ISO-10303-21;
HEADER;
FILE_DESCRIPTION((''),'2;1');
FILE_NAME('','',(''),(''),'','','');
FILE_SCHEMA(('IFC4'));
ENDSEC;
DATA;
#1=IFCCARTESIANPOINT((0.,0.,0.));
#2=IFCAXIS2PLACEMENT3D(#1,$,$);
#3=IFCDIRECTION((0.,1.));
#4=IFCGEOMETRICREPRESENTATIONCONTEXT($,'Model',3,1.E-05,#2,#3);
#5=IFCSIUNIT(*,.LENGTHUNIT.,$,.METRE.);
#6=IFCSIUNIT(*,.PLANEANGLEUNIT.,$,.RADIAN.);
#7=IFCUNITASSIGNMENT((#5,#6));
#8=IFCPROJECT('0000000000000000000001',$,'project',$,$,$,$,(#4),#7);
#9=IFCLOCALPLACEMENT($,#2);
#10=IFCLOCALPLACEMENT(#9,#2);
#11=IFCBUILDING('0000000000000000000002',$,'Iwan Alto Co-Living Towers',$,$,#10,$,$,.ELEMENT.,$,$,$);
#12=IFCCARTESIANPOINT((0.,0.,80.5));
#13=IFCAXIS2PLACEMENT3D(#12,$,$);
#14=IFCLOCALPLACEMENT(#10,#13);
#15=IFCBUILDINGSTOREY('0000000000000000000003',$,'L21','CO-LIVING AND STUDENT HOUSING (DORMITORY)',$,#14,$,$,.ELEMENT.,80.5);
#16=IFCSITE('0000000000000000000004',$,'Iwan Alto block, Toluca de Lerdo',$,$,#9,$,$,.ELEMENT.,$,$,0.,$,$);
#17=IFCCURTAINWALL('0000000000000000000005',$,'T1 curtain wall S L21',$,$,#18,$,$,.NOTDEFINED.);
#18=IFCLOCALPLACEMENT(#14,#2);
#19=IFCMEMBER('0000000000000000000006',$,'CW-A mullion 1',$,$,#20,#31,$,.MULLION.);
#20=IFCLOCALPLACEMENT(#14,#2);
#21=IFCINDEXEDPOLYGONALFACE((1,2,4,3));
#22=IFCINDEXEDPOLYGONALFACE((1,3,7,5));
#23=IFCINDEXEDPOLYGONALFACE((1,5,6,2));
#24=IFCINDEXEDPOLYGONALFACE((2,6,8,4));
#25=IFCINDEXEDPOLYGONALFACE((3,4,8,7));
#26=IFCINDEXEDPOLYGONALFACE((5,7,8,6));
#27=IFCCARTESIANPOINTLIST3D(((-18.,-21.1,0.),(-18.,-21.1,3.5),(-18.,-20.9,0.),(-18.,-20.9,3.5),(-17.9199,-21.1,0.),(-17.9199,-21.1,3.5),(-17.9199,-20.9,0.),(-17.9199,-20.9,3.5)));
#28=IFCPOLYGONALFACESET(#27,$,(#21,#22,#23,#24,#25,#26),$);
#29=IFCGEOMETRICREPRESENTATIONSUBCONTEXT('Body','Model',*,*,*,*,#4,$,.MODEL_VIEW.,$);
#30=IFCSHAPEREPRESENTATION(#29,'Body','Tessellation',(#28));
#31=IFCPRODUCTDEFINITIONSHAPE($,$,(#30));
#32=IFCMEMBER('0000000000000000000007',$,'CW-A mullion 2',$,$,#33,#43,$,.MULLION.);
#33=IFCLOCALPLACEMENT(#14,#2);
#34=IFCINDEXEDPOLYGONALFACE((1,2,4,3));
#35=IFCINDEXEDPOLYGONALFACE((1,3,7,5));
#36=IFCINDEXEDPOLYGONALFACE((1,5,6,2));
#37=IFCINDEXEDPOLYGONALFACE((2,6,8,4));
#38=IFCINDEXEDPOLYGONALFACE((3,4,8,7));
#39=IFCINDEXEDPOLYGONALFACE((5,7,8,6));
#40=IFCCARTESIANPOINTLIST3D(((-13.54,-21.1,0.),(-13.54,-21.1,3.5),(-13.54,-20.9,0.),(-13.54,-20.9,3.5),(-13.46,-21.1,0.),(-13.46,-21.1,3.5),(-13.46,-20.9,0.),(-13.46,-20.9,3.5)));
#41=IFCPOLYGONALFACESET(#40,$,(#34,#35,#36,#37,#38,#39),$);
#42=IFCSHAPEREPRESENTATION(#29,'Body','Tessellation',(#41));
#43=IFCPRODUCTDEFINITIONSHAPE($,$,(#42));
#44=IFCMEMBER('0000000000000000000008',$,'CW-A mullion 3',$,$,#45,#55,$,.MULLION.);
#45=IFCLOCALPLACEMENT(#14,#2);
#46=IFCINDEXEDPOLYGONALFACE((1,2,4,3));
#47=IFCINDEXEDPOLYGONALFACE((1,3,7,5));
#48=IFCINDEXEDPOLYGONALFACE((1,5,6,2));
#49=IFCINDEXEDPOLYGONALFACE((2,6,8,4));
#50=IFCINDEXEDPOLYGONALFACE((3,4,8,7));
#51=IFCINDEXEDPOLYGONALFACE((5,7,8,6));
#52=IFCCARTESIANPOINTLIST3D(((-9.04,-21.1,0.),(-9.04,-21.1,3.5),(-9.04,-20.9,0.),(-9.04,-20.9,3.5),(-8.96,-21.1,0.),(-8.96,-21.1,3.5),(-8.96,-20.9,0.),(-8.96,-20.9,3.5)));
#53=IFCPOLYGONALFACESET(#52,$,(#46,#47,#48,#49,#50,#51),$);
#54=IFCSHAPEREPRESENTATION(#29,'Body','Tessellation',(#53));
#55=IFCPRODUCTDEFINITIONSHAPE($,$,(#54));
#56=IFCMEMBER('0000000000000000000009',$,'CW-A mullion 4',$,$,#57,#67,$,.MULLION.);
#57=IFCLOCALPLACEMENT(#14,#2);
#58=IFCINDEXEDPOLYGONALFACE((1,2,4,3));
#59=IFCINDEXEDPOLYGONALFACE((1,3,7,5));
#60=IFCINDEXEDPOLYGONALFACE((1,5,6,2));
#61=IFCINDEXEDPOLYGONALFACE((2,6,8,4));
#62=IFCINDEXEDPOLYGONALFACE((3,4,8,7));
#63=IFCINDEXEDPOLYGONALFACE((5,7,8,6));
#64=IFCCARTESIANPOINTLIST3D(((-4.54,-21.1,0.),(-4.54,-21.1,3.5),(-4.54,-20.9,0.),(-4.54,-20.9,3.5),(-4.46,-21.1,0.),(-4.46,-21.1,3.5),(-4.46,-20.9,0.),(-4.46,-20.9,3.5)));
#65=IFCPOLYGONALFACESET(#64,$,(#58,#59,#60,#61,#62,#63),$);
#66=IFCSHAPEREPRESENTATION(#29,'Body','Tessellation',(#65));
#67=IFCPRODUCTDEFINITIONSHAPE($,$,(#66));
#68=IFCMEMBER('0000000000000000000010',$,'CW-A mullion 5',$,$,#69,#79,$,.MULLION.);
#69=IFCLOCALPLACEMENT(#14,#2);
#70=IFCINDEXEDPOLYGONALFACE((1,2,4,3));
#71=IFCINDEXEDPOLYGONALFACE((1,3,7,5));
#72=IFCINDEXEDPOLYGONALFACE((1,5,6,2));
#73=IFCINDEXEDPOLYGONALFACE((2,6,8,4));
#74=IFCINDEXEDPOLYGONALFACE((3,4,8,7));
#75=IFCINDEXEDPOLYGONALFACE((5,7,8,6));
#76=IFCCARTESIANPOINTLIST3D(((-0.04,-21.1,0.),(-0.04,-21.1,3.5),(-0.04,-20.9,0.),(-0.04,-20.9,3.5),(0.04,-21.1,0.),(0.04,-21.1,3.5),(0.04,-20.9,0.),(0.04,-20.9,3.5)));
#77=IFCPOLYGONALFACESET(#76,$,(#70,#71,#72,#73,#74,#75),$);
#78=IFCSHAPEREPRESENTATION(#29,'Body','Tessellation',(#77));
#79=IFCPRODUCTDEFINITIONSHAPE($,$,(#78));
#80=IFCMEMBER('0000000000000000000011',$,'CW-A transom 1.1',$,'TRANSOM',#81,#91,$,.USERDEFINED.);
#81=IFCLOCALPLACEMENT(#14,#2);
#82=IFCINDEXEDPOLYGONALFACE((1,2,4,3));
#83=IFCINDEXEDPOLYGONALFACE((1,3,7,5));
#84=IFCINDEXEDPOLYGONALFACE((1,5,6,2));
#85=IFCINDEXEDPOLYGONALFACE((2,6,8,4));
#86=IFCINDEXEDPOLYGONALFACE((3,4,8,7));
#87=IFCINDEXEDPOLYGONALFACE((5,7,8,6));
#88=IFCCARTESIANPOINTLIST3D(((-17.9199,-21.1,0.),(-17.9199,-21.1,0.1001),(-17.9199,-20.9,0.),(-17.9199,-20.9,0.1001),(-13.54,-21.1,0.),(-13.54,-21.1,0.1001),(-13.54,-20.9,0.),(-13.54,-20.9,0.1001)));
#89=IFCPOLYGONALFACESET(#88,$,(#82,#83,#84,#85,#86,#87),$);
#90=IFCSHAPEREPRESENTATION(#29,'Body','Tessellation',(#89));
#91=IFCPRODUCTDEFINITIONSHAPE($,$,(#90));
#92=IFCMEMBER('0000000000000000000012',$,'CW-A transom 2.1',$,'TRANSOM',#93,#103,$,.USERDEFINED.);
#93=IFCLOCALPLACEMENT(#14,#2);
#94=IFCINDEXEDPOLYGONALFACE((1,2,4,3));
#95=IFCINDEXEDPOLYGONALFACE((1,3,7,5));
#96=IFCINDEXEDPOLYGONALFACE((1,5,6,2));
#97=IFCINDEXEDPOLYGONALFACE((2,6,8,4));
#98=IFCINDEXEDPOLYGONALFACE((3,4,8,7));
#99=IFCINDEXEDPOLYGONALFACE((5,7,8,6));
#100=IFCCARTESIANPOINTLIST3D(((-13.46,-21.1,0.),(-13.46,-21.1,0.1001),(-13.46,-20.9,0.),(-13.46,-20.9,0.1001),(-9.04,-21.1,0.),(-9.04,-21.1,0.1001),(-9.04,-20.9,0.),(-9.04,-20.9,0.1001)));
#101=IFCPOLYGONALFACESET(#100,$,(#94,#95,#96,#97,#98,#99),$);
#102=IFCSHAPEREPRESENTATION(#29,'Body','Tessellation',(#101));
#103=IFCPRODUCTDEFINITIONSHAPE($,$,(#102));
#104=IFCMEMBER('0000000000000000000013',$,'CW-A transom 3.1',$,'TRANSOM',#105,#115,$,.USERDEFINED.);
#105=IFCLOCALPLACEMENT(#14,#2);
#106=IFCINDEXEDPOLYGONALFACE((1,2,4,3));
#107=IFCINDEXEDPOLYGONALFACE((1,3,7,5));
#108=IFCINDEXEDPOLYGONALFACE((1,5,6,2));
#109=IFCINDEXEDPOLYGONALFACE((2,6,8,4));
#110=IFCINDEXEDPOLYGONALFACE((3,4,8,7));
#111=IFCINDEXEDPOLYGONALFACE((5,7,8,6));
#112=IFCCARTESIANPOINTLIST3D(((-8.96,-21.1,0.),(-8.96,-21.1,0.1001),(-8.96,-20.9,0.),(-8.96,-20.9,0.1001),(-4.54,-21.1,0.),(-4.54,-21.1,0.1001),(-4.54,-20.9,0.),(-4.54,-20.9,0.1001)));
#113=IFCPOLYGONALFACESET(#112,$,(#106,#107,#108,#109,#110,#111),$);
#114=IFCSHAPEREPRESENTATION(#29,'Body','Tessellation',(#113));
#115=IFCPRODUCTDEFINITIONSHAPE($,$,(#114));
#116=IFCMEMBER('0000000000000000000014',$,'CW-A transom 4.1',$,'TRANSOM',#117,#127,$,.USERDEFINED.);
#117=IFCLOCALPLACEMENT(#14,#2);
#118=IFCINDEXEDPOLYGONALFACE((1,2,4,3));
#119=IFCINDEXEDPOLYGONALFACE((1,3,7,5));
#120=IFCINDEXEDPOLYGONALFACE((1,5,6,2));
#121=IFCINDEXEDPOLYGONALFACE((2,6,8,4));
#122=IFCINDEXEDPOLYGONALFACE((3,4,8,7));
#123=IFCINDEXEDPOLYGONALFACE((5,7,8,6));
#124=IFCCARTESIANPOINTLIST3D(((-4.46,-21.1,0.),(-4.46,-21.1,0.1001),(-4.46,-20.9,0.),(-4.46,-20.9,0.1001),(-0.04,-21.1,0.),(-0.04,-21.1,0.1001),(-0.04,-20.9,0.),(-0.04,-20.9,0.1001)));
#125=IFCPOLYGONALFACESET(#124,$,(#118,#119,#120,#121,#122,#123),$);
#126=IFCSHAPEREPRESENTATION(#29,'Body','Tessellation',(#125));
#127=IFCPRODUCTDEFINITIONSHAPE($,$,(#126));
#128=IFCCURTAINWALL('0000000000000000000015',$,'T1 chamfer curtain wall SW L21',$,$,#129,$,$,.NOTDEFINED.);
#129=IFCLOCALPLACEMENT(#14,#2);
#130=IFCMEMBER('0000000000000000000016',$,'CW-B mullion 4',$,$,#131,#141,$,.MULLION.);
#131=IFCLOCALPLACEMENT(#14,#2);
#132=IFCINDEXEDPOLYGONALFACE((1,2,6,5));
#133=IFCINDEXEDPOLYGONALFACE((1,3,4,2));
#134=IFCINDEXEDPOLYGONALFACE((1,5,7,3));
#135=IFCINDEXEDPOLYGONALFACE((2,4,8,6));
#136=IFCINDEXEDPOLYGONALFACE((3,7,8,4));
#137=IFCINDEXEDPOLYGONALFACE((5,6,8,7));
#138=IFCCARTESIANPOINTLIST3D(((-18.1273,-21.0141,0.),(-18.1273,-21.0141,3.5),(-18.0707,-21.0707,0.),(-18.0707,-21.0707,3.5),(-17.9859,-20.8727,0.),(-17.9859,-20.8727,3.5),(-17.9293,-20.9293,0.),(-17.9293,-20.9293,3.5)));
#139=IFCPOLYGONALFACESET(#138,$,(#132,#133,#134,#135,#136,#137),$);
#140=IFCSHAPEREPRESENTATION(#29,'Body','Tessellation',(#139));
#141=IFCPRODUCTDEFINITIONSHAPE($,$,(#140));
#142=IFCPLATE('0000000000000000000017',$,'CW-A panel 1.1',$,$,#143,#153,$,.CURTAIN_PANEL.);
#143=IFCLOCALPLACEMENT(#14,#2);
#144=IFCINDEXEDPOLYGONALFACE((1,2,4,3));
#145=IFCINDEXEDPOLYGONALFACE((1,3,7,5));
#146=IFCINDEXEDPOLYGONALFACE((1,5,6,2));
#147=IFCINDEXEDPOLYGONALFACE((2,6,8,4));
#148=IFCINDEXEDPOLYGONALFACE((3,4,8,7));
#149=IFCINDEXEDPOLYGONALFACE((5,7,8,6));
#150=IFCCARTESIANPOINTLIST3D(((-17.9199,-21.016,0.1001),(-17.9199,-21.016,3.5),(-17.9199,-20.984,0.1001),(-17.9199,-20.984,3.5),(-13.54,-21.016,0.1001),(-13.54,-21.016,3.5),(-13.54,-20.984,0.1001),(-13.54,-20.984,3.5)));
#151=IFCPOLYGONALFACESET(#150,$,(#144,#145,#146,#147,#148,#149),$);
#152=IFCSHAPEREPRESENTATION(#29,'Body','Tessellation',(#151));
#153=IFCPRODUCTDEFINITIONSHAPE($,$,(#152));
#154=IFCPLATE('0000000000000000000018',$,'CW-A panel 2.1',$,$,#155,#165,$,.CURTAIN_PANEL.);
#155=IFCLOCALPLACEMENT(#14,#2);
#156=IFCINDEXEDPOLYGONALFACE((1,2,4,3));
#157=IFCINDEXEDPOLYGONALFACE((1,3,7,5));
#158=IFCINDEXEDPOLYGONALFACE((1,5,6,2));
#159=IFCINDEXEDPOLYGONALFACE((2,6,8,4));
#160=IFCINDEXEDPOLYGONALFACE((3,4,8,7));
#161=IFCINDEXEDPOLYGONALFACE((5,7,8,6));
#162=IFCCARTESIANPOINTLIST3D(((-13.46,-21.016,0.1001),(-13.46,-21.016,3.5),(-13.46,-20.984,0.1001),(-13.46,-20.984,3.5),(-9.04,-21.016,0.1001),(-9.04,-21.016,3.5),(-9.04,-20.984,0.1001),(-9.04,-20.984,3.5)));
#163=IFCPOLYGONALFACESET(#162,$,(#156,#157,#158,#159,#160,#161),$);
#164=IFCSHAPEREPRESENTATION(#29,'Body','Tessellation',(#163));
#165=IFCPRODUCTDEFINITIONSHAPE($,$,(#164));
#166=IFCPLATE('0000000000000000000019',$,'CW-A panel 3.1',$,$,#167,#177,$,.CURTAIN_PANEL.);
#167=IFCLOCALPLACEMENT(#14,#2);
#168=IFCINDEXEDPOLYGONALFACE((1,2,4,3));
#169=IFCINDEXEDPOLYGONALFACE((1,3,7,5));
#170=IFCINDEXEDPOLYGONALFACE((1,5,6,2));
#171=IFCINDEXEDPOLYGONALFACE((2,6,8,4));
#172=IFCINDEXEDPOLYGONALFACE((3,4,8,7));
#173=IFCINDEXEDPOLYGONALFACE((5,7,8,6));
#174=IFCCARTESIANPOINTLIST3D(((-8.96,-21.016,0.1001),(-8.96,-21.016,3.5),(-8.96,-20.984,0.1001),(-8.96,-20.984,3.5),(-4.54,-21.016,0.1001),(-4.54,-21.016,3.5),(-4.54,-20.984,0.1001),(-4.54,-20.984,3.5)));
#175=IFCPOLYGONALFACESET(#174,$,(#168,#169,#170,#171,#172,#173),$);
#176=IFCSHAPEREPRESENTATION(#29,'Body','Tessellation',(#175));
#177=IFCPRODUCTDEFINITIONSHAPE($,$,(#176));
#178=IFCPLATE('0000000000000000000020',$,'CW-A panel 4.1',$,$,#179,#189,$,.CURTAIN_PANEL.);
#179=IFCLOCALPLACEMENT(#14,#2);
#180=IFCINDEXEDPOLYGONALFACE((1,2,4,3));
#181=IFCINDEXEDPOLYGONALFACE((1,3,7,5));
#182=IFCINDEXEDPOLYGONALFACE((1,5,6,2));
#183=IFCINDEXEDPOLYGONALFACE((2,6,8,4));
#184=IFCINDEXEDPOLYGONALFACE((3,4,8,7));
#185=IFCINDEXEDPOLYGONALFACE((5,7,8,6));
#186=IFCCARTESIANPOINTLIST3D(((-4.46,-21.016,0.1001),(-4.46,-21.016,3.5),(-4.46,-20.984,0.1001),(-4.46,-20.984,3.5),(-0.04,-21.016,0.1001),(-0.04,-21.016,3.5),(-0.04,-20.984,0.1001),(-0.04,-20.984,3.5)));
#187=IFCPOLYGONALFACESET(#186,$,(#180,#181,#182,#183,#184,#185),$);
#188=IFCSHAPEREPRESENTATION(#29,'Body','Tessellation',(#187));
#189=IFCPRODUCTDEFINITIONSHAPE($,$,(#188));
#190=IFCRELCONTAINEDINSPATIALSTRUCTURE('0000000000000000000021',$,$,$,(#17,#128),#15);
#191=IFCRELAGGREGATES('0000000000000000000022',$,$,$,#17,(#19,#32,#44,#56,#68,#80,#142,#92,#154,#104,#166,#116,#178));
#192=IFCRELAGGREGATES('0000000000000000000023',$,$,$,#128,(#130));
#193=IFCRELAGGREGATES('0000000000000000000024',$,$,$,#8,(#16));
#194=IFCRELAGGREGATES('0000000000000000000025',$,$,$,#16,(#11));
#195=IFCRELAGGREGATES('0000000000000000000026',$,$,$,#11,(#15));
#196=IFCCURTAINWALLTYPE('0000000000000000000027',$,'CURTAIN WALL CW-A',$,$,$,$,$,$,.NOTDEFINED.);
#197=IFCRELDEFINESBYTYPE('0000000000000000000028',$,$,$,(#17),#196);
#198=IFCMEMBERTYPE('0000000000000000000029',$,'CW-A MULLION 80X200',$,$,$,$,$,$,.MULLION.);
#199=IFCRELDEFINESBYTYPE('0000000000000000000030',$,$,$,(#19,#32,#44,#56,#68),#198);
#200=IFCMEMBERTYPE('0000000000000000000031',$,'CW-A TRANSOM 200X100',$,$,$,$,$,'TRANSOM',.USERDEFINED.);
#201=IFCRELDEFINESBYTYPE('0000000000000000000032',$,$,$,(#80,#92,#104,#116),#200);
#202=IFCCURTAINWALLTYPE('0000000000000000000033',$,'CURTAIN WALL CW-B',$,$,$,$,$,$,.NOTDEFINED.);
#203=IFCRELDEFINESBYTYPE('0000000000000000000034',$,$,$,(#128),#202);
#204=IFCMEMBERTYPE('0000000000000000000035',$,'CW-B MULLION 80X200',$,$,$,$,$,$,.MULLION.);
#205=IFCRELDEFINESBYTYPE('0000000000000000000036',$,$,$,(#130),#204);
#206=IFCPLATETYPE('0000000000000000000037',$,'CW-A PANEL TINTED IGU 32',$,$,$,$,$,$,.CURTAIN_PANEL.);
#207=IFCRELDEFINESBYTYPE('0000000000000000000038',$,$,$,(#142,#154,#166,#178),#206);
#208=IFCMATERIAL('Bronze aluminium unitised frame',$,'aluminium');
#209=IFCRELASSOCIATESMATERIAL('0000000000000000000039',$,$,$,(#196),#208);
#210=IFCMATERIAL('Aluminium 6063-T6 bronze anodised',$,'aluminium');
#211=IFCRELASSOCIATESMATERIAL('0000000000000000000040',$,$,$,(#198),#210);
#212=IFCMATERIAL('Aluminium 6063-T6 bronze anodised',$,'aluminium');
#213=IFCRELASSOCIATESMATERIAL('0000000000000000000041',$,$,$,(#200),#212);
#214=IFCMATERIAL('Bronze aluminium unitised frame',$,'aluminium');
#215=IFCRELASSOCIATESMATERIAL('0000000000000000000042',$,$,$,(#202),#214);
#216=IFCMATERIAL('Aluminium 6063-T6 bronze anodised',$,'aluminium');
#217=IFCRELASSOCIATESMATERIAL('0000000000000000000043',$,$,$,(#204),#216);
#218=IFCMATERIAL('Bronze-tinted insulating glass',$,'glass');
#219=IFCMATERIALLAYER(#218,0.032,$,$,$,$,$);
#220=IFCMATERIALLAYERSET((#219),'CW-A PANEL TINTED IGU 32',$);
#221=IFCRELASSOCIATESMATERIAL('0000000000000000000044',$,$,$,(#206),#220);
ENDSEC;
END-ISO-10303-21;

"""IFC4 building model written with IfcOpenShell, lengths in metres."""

from ifc_helpers import new_model, si_unit, direction, frame, origin, origin_2d, place, context, subcontext, project, spatial, rectangle, extrude, material, layer, layer_set, material_profile, profile_set, type_object, element, aggregate, save


model = new_model("IFC4")

# Units and contexts
model_context = context("Model", 3, precision=1e-05, world=origin(), true_north=direction((0.0, 1.0)))
body_context = subcontext(model_context, "Body", "Model", "MODEL_VIEW")
ifc_project = project(units=[si_unit("LENGTHUNIT", "METRE"), si_unit("PLANEANGLEUNIT", "RADIAN")], contexts=[model_context])

# Site, building, storey
site_placement = place(None, origin())
site = spatial("IfcSite", under=ifc_project, at=site_placement, Name="Iwan Alto block, Toluca de Lerdo", CompositionType="ELEMENT", RefElevation=0.0)
building_placement = place(site_placement, origin())
building = spatial("IfcBuilding", under=site, at=building_placement, Name="Iwan Alto Co-Living Towers", CompositionType="ELEMENT")
storey_placement = place(building_placement, frame((0.0, 0.0, 80.5)))
storey = spatial("IfcBuildingStorey", under=building, at=storey_placement, Name="L21", Description="CO-LIVING AND STUDENT HOUSING (DORMITORY)", CompositionType="ELEMENT", Elevation=80.5)

# Curtain wall, members
ifc_material_1 = material(Name="Bronze aluminium unitised frame", Category="aluminium")
curtain_wall_type_1 = type_object("IfcCurtainWallType", Name="CURTAIN WALL CW-A", PredefinedType="NOTDEFINED", material=ifc_material_1)
curtain_wall_1_placement = place(storey_placement, origin())
curtain_wall_1 = element("IfcCurtainWall", 1, at=curtain_wall_1_placement, inside=storey, type_object=curtain_wall_type_1, Name="T1 curtain wall S L21", PredefinedType="NOTDEFINED")
ifc_material_2 = material(Name="Aluminium 6063-T6 bronze anodised", Category="aluminium")
ifc_material_profile_1 = material_profile(ifc_material_2, rectangle(XDim=0.2, YDim=0.0801, at=origin_2d()), Name="AL 80X200")
ifc_profile_set_1 = profile_set([ifc_material_profile_1], Name="Aluminium 6063-T6 bronze anodised")
member_type_1 = type_object("IfcMemberType", Name="CW-A MULLION 80X200", PredefinedType="MULLION", material=ifc_profile_set_1)
member_1_placement = place(storey_placement, frame((-17.96, -21.0, 0.0), z_axis=(0.0, 0.0, 1.0), x_axis=(0.0, 1.0, 0.0)))
member_1 = element("IfcMember", 2, at=member_1_placement, type_object=member_type_1, Name="CW-A mullion 1", PredefinedType="MULLION", context=body_context, shape_type="SweptSolid", body=[
    extrude(rectangle(XDim=0.2, YDim=0.0801, at=origin_2d()), origin(), (0.0, 0.0, 1.0), 3.5),
])
member_2_placement = place(storey_placement, frame((-13.5, -21.0, 0.0), z_axis=(0.0, 0.0, 1.0), x_axis=(0.0, 1.0, 0.0)))
member_2 = element("IfcMember", 3, at=member_2_placement, type_object=member_type_1, Name="CW-A mullion 2", PredefinedType="MULLION", context=body_context, shape_type="SweptSolid", body=[
    extrude(rectangle(XDim=0.2, YDim=0.0801, at=origin_2d()), origin(), (0.0, 0.0, 1.0), 3.5),
])
member_3_placement = place(storey_placement, frame((-9.0, -21.0, 0.0), z_axis=(0.0, 0.0, 1.0), x_axis=(0.0, 1.0, 0.0)))
member_3 = element("IfcMember", 4, at=member_3_placement, type_object=member_type_1, Name="CW-A mullion 3", PredefinedType="MULLION", context=body_context, shape_type="SweptSolid", body=[
    extrude(rectangle(XDim=0.2, YDim=0.0801, at=origin_2d()), origin(), (0.0, 0.0, 1.0), 3.5),
])
member_4_placement = place(storey_placement, frame((-4.5, -21.0, 0.0), z_axis=(0.0, 0.0, 1.0), x_axis=(0.0, 1.0, 0.0)))
member_4 = element("IfcMember", 5, at=member_4_placement, type_object=member_type_1, Name="CW-A mullion 4", PredefinedType="MULLION", context=body_context, shape_type="SweptSolid", body=[
    extrude(rectangle(XDim=0.2, YDim=0.0801, at=origin_2d()), origin(), (0.0, 0.0, 1.0), 3.5),
])
member_5_placement = place(storey_placement, frame((0.0, -21.0, 0.0), z_axis=(0.0, 0.0, 1.0), x_axis=(0.0, 1.0, 0.0)))
member_5 = element("IfcMember", 6, at=member_5_placement, type_object=member_type_1, Name="CW-A mullion 5", PredefinedType="MULLION", context=body_context, shape_type="SweptSolid", body=[
    extrude(rectangle(XDim=0.2, YDim=0.0801, at=origin_2d()), origin(), (0.0, 0.0, 1.0), 3.5),
])
ifc_material_3 = material(Name="Aluminium 6063-T6 bronze anodised", Category="aluminium")
ifc_material_profile_2 = material_profile(ifc_material_3, rectangle(XDim=0.2, YDim=0.1001, at=origin_2d()), Name="AL 200X100")
ifc_profile_set_2 = profile_set([ifc_material_profile_2], Name="Aluminium 6063-T6 bronze anodised")
member_type_2 = type_object("IfcMemberType", Name="CW-A TRANSOM 200X100", ElementType="TRANSOM", PredefinedType="USERDEFINED", material=ifc_profile_set_2)
member_6_placement = place(storey_placement, frame((-17.9199, -21.0, 0.05), z_axis=(1.0, 0.0, 0.0), x_axis=(0.0, 1.0, 0.0)))
member_6 = element("IfcMember", 7, at=member_6_placement, type_object=member_type_2, Name="CW-A transom 1.1", ObjectType="TRANSOM", PredefinedType="USERDEFINED", context=body_context, shape_type="SweptSolid", body=[
    extrude(rectangle(XDim=0.2, YDim=0.1001, at=origin_2d()), origin(), (0.0, 0.0, 1.0), 4.3799),
])
member_7_placement = place(storey_placement, frame((-13.46, -21.0, 0.05), z_axis=(1.0, 0.0, 0.0), x_axis=(0.0, 1.0, 0.0)))
member_7 = element("IfcMember", 8, at=member_7_placement, type_object=member_type_2, Name="CW-A transom 2.1", ObjectType="TRANSOM", PredefinedType="USERDEFINED", context=body_context, shape_type="SweptSolid", body=[
    extrude(rectangle(XDim=0.2, YDim=0.1001, at=origin_2d()), origin(), (0.0, 0.0, 1.0), 4.4199),
])
member_8_placement = place(storey_placement, frame((-8.96, -21.0, 0.05), z_axis=(1.0, 0.0, 0.0), x_axis=(0.0, 1.0, 0.0)))
member_8 = element("IfcMember", 9, at=member_8_placement, type_object=member_type_2, Name="CW-A transom 3.1", ObjectType="TRANSOM", PredefinedType="USERDEFINED", context=body_context, shape_type="SweptSolid", body=[
    extrude(rectangle(XDim=0.2, YDim=0.1001, at=origin_2d()), origin(), (0.0, 0.0, 1.0), 4.4199),
])
member_9_placement = place(storey_placement, frame((-4.46, -21.0, 0.05), z_axis=(1.0, 0.0, 0.0), x_axis=(0.0, 1.0, 0.0)))
member_9 = element("IfcMember", 10, at=member_9_placement, type_object=member_type_2, Name="CW-A transom 4.1", ObjectType="TRANSOM", PredefinedType="USERDEFINED", context=body_context, shape_type="SweptSolid", body=[
    extrude(rectangle(XDim=0.2, YDim=0.1001, at=origin_2d()), origin(), (0.0, 0.0, 1.0), 4.4199),
])

# Curtain wall, member
ifc_material_4 = material(Name="Bronze aluminium unitised frame", Category="aluminium")
curtain_wall_type_2 = type_object("IfcCurtainWallType", Name="CURTAIN WALL CW-B", PredefinedType="NOTDEFINED", material=ifc_material_4)
curtain_wall_2_placement = place(storey_placement, origin())
curtain_wall_2 = element("IfcCurtainWall", 11, at=curtain_wall_2_placement, inside=storey, type_object=curtain_wall_type_2, Name="T1 chamfer curtain wall SW L21", PredefinedType="NOTDEFINED")
ifc_material_5 = material(Name="Aluminium 6063-T6 bronze anodised", Category="aluminium")
ifc_material_profile_3 = material_profile(ifc_material_5, rectangle(XDim=0.2, YDim=0.0801, at=origin_2d()), Name="AL 80X200")
ifc_profile_set_3 = profile_set([ifc_material_profile_3], Name="Aluminium 6063-T6 bronze anodised")
member_type_3 = type_object("IfcMemberType", Name="CW-B MULLION 80X200", PredefinedType="MULLION", material=ifc_profile_set_3)
member_10_placement = place(storey_placement, frame((-18.0283, -20.9717, 0.0), z_axis=(0.0, 0.0, 1.0), x_axis=(0.707107, 0.707107, 0.0)))
member_10 = element("IfcMember", 12, at=member_10_placement, type_object=member_type_3, Name="CW-B mullion 4", PredefinedType="MULLION", context=body_context, shape_type="SweptSolid", body=[
    extrude(rectangle(XDim=0.2, YDim=0.0801, at=origin_2d()), origin(), (0.0, 0.0, 1.0), 3.5),
])

# Plates
ifc_material_6 = material(Name="Bronze-tinted insulating glass", Category="glass")
ifc_layer_1 = layer(ifc_material_6, 0.032)
ifc_layer_set_1 = layer_set([ifc_layer_1], Name="CW-A PANEL TINTED IGU 32")
plate_type_1 = type_object("IfcPlateType", Name="CW-A PANEL TINTED IGU 32", PredefinedType="CURTAIN_PANEL", material=ifc_layer_set_1)
plate_1_placement = place(storey_placement, frame((-15.73, -21.0, 0.1001), z_axis=(0.0, 0.0, 1.0), x_axis=(1.0, 0.0, 0.0)))
plate_1 = element("IfcPlate", 13, at=plate_1_placement, type_object=plate_type_1, Name="CW-A panel 1.1", PredefinedType="CURTAIN_PANEL", context=body_context, shape_type="SweptSolid", body=[
    extrude(rectangle(XDim=4.3799, YDim=0.032, at=origin_2d()), origin(), (0.0, 0.0, 1.0), 3.3999),
])
plate_2_placement = place(storey_placement, frame((-11.25, -21.0, 0.1001), z_axis=(0.0, 0.0, 1.0), x_axis=(1.0, 0.0, 0.0)))
plate_2 = element("IfcPlate", 14, at=plate_2_placement, type_object=plate_type_1, Name="CW-A panel 2.1", PredefinedType="CURTAIN_PANEL", context=body_context, shape_type="SweptSolid", body=[
    extrude(rectangle(XDim=4.4199, YDim=0.032, at=origin_2d()), origin(), (0.0, 0.0, 1.0), 3.3999),
])
plate_3_placement = place(storey_placement, frame((-6.75, -21.0, 0.1001), z_axis=(0.0, 0.0, 1.0), x_axis=(1.0, 0.0, 0.0)))
plate_3 = element("IfcPlate", 15, at=plate_3_placement, type_object=plate_type_1, Name="CW-A panel 3.1", PredefinedType="CURTAIN_PANEL", context=body_context, shape_type="SweptSolid", body=[
    extrude(rectangle(XDim=4.4199, YDim=0.032, at=origin_2d()), origin(), (0.0, 0.0, 1.0), 3.3999),
])
plate_4_placement = place(storey_placement, frame((-2.25, -21.0, 0.1001), z_axis=(0.0, 0.0, 1.0), x_axis=(1.0, 0.0, 0.0)))
plate_4 = element("IfcPlate", 16, at=plate_4_placement, type_object=plate_type_1, Name="CW-A panel 4.1", PredefinedType="CURTAIN_PANEL", context=body_context, shape_type="SweptSolid", body=[
    extrude(rectangle(XDim=4.4199, YDim=0.032, at=origin_2d()), origin(), (0.0, 0.0, 1.0), 3.3999),
])
aggregate(curtain_wall_1, [member_1, member_2, member_3, member_4, member_5, member_6, plate_1, member_7, plate_2, member_8, plate_3, member_9, plate_4])
aggregate(curtain_wall_2, [member_10])

save(model, "model.ifc")
